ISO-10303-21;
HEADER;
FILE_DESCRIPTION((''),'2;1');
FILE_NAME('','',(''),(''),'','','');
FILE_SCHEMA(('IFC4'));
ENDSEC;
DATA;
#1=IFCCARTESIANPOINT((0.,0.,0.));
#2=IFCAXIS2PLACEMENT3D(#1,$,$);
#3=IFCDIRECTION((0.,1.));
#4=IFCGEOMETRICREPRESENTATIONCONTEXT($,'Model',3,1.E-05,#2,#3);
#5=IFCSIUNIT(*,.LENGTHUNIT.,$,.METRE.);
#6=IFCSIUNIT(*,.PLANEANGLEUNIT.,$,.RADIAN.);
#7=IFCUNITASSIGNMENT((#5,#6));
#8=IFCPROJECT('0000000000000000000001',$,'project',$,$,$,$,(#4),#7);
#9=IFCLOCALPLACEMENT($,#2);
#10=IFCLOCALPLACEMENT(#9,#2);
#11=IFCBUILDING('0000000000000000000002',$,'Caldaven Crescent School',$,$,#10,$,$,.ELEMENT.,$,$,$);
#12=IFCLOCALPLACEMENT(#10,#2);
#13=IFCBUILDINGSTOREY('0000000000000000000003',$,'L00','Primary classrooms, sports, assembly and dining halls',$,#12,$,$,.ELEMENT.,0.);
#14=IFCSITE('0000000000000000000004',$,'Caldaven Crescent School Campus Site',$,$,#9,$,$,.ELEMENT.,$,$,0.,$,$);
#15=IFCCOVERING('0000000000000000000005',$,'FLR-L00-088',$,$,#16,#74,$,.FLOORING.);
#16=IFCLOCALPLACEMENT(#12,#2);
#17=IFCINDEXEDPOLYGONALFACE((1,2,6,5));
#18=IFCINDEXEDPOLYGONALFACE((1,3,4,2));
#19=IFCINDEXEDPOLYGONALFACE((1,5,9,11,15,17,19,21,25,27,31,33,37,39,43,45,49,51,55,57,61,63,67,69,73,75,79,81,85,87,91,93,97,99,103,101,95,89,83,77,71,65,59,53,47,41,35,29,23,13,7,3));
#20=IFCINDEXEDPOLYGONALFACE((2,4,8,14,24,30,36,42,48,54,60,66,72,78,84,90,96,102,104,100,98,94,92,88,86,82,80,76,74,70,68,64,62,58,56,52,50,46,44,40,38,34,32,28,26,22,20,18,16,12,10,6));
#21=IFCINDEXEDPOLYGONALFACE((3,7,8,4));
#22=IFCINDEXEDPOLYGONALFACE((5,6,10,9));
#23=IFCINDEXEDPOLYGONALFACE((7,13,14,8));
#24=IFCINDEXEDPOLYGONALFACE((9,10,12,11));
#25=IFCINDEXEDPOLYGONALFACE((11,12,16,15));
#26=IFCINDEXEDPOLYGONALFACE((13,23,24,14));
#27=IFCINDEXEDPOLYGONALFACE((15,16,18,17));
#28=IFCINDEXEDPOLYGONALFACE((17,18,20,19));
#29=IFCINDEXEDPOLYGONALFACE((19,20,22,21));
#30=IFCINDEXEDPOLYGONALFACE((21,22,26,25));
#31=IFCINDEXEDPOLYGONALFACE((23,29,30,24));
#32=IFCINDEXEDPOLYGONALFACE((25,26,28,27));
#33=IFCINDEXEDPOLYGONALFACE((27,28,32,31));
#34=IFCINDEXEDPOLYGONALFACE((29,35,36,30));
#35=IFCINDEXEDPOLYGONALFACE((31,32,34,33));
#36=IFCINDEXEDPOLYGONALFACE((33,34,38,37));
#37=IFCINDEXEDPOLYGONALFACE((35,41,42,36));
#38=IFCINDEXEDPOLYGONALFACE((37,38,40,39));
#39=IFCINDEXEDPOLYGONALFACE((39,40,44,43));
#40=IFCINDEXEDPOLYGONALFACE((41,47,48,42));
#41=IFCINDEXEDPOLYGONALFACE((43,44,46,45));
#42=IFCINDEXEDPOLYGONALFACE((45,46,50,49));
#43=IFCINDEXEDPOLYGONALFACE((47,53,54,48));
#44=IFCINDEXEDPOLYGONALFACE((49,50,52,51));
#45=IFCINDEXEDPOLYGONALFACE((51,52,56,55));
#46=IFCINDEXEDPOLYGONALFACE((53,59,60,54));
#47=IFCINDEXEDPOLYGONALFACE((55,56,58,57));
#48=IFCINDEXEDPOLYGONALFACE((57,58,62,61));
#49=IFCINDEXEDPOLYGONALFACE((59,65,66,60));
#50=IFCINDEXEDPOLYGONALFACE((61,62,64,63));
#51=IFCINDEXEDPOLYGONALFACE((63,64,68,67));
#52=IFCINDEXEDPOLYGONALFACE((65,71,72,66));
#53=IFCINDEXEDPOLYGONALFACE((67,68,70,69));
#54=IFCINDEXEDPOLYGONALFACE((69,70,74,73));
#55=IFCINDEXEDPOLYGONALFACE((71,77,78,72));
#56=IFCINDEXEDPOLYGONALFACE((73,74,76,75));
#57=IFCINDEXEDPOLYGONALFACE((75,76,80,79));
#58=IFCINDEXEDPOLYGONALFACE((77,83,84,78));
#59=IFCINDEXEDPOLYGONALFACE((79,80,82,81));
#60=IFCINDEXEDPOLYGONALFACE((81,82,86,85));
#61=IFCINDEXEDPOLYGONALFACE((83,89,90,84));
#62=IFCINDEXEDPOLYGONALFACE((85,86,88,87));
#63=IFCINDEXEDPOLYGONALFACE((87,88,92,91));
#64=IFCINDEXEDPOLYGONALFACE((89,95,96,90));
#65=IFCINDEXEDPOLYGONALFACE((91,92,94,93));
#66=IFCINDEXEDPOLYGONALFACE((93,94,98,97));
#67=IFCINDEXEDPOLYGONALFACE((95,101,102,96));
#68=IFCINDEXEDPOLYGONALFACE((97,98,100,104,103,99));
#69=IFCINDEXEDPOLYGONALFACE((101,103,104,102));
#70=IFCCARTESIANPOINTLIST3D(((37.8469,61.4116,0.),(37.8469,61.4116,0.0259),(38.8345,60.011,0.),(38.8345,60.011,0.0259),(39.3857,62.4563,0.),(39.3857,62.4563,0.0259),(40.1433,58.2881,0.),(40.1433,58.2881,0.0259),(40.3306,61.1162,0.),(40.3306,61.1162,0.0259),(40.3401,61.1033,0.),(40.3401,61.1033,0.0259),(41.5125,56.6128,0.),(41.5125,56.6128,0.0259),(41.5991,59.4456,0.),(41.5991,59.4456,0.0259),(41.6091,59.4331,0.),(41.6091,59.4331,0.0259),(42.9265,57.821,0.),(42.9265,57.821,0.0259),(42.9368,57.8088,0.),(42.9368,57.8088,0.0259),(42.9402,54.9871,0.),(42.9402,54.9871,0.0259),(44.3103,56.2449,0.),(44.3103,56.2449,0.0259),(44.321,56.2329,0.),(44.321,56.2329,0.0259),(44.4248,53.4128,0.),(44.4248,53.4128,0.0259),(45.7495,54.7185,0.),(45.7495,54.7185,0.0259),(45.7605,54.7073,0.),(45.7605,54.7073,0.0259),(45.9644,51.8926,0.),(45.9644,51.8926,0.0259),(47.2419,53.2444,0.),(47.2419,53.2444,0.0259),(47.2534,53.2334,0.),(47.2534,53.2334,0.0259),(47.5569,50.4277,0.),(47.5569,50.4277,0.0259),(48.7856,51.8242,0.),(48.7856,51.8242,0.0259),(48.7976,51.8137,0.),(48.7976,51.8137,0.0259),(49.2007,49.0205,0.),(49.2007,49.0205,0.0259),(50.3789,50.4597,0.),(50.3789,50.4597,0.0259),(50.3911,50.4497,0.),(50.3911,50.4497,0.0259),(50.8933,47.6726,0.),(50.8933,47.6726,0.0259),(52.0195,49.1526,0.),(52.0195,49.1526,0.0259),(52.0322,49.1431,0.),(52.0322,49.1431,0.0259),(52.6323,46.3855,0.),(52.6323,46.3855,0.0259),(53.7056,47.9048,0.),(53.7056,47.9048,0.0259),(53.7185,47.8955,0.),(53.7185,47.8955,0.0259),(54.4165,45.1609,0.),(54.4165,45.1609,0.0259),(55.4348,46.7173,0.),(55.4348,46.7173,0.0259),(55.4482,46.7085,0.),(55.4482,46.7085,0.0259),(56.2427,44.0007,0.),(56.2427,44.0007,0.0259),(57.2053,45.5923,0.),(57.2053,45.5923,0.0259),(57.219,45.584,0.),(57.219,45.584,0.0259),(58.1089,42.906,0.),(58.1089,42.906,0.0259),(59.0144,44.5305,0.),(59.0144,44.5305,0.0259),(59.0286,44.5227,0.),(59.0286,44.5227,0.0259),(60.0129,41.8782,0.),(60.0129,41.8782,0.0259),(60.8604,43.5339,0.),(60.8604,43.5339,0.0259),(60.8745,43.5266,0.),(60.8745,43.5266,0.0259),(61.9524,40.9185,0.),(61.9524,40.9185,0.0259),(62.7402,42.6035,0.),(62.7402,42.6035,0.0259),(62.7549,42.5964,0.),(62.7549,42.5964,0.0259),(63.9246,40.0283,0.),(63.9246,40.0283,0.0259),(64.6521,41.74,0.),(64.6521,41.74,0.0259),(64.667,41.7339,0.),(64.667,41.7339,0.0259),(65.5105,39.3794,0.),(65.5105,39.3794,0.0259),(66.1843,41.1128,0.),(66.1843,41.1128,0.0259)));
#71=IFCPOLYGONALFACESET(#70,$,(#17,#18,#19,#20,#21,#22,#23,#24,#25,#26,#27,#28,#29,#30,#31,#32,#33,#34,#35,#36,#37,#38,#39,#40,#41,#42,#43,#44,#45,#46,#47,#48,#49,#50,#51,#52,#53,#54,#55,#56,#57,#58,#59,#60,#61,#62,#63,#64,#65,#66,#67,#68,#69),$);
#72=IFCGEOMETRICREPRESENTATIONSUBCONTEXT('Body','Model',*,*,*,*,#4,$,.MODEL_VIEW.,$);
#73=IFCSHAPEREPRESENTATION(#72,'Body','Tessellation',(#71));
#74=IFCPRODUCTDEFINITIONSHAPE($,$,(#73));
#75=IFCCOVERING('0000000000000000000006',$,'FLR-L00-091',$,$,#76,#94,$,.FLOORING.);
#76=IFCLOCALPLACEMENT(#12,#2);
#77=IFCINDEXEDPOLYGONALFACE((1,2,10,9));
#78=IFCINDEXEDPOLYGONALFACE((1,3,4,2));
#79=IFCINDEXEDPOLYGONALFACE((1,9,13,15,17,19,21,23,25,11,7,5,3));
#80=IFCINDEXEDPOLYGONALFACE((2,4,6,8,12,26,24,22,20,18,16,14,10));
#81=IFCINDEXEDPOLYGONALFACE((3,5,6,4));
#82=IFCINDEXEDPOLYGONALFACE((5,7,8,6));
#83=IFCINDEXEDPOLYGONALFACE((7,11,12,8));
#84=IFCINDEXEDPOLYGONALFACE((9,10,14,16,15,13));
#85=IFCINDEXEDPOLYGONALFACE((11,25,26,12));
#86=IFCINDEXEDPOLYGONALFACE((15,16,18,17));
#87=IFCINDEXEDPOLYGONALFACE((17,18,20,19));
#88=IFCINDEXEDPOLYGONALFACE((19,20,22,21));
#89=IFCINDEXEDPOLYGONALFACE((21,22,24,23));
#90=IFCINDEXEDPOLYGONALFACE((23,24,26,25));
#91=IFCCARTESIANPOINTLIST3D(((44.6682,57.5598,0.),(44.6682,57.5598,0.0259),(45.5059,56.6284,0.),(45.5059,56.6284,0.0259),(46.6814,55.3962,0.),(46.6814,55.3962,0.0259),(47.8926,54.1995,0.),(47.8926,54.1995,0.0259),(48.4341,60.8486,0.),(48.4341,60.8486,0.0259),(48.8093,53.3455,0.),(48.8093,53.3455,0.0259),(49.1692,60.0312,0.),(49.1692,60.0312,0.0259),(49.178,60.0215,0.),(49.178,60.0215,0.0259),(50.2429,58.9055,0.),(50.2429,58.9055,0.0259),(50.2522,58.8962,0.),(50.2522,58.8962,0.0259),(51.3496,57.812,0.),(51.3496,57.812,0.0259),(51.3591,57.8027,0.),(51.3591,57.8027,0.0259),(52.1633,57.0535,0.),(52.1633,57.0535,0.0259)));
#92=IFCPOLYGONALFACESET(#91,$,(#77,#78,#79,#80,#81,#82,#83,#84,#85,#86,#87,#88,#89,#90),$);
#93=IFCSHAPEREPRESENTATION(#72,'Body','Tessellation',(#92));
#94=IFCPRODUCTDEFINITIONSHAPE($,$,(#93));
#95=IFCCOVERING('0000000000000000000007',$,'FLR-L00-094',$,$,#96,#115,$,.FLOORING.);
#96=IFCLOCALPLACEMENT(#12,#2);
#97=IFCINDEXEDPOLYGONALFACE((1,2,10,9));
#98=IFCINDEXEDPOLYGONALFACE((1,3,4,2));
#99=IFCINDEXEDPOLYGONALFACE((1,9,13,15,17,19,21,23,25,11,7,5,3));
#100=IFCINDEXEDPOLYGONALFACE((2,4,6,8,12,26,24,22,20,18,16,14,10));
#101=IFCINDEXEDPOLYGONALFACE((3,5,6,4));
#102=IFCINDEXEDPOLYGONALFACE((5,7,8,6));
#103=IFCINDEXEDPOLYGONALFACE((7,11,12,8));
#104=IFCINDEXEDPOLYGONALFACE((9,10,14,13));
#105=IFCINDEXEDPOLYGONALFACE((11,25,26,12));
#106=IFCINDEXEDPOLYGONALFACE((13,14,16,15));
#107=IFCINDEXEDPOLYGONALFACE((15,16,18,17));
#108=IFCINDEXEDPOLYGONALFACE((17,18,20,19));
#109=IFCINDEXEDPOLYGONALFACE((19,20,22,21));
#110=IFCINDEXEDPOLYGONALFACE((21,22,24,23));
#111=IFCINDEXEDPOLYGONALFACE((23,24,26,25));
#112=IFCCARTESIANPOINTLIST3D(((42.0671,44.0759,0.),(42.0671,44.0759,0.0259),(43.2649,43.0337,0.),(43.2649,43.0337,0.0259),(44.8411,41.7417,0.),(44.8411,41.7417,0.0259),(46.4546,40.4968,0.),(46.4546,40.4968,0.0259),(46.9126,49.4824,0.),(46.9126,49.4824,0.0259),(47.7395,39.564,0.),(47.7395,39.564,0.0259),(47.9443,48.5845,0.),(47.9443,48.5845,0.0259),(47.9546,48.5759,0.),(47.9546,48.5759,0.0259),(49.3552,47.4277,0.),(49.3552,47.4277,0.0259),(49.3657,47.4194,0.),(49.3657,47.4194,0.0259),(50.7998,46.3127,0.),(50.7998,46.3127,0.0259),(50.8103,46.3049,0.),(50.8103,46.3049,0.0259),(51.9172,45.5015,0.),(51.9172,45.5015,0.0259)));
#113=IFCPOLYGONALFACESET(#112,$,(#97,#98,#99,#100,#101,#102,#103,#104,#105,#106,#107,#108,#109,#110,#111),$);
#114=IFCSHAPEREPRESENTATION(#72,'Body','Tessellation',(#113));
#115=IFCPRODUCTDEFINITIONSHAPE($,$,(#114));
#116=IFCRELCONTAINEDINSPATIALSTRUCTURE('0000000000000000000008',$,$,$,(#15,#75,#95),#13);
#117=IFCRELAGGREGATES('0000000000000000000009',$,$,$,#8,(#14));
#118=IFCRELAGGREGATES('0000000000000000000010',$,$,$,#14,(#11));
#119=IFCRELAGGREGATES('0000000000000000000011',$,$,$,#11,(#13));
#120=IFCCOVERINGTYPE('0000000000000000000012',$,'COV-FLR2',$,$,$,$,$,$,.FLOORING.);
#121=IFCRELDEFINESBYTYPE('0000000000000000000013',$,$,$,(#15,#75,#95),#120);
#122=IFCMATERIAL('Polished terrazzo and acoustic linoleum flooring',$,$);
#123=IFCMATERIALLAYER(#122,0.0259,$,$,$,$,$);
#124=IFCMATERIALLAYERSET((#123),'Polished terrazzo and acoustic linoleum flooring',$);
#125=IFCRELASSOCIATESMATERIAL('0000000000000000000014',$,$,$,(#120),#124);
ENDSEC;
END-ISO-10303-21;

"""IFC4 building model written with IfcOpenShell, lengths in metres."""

from ifc_helpers import new_model, si_unit, direction, origin, place, context, subcontext, project, spatial, polyline, outline, extrude, material, layer, layer_set, type_object, element, save


model = new_model("IFC4")

# Units and contexts
model_context = context("Model", 3, precision=1e-05, world=origin(), true_north=direction((0.0, 1.0)))
body_context = subcontext(model_context, "Body", "Model", "MODEL_VIEW")
ifc_project = project(units=[si_unit("LENGTHUNIT", "METRE"), si_unit("PLANEANGLEUNIT", "RADIAN")], contexts=[model_context])

# Site, building, storey
site_placement = place(None, origin())
site = spatial("IfcSite", under=ifc_project, at=site_placement, Name="Caldaven Crescent School Campus Site", CompositionType="ELEMENT", RefElevation=0.0)
building_placement = place(site_placement, origin())
building = spatial("IfcBuilding", under=site, at=building_placement, Name="Caldaven Crescent School", CompositionType="ELEMENT")
storey_placement = place(building_placement, origin())
storey = spatial("IfcBuildingStorey", under=building, at=storey_placement, Name="L00", Description="Primary classrooms, sports, assembly and dining halls", CompositionType="ELEMENT", Elevation=0.0)

# Coverings
ifc_material_1 = material(Name="Polished terrazzo and acoustic linoleum flooring")
ifc_layer_1 = layer(ifc_material_1, 0.0259)
ifc_layer_set_1 = layer_set([ifc_layer_1], Name="Polished terrazzo and acoustic linoleum flooring")
covering_type_1 = type_object("IfcCoveringType", Name="COV-FLR2", PredefinedType="FLOORING", material=ifc_layer_set_1)
covering_1_placement = place(storey_placement, origin())
element("IfcCovering", 1, at=covering_1_placement, inside=storey, type_object=covering_type_1, Name="FLR-L00-088", PredefinedType="FLOORING", context=body_context, shape_type="SweptSolid", body=[
    extrude(outline(polyline([(39.3857, 62.4563), (40.3306, 61.1162), (40.3401, 61.1033), (41.5991, 59.4456), (41.6091, 59.4331), (42.9265, 57.821), (42.9368, 57.8088), (44.3103, 56.2449), (44.321, 56.2329), (45.7495, 54.7185), (45.7605, 54.7073), (47.2419, 53.2444), (47.2534, 53.2334), (48.7856, 51.8242), (48.7976, 51.8137), (50.3789, 50.4597), (50.3911, 50.4497), (52.0195, 49.1526), (52.0322, 49.1431), (53.7056, 47.9048), (53.7185, 47.8955), (55.4348, 46.7173), (55.4482, 46.7085), (57.2053, 45.5923), (57.219, 45.584), (59.0144, 44.5305), (59.0286, 44.5227), (60.8604, 43.5339), (60.8745, 43.5266), (62.7402, 42.6035), (62.7549, 42.5964), (64.6521, 41.74), (64.667, 41.7339), (66.1843, 41.1128), (65.5105, 39.3794), (63.9246, 40.0283), (61.9524, 40.9185), (60.0129, 41.8782), (58.1089, 42.906), (56.2427, 44.0007), (54.4165, 45.1609), (52.6323, 46.3855), (50.8933, 47.6726), (49.2007, 49.0205), (47.5569, 50.4277), (45.9644, 51.8926), (44.4248, 53.4128), (42.9402, 54.9871), (41.5125, 56.6128), (40.1433, 58.2881), (38.8345, 60.011), (37.8469, 61.4116), (39.3857, 62.4563)])), origin(), (0.0, 0.0, 1.0), 0.0259),
])
covering_2_placement = place(storey_placement, origin())
element("IfcCovering", 2, at=covering_2_placement, inside=storey, type_object=covering_type_1, Name="FLR-L00-091", PredefinedType="FLOORING", context=body_context, shape_type="SweptSolid", body=[
    extrude(outline(polyline([(48.4341, 60.8486), (49.1692, 60.0312), (49.178, 60.0215), (50.2429, 58.9055), (50.2522, 58.8962), (51.3496, 57.812), (51.3591, 57.8027), (52.1633, 57.0535), (48.8093, 53.3455), (47.8926, 54.1995), (46.6814, 55.3962), (45.5059, 56.6284), (44.6682, 57.5598), (48.4341, 60.8486)])), origin(), (0.0, 0.0, 1.0), 0.0259),
])
covering_3_placement = place(storey_placement, origin())
element("IfcCovering", 3, at=covering_3_placement, inside=storey, type_object=covering_type_1, Name="FLR-L00-094", PredefinedType="FLOORING", context=body_context, shape_type="SweptSolid", body=[
    extrude(outline(polyline([(46.9126, 49.4824), (47.9443, 48.5845), (47.9546, 48.5759), (49.3552, 47.4277), (49.3657, 47.4194), (50.7998, 46.3127), (50.8103, 46.3049), (51.9172, 45.5015), (47.7395, 39.564), (46.4546, 40.4968), (44.8411, 41.7417), (43.2649, 43.0337), (42.0671, 44.0759), (46.9126, 49.4824)])), origin(), (0.0, 0.0, 1.0), 0.0259),
])

save(model, "model.ifc")
